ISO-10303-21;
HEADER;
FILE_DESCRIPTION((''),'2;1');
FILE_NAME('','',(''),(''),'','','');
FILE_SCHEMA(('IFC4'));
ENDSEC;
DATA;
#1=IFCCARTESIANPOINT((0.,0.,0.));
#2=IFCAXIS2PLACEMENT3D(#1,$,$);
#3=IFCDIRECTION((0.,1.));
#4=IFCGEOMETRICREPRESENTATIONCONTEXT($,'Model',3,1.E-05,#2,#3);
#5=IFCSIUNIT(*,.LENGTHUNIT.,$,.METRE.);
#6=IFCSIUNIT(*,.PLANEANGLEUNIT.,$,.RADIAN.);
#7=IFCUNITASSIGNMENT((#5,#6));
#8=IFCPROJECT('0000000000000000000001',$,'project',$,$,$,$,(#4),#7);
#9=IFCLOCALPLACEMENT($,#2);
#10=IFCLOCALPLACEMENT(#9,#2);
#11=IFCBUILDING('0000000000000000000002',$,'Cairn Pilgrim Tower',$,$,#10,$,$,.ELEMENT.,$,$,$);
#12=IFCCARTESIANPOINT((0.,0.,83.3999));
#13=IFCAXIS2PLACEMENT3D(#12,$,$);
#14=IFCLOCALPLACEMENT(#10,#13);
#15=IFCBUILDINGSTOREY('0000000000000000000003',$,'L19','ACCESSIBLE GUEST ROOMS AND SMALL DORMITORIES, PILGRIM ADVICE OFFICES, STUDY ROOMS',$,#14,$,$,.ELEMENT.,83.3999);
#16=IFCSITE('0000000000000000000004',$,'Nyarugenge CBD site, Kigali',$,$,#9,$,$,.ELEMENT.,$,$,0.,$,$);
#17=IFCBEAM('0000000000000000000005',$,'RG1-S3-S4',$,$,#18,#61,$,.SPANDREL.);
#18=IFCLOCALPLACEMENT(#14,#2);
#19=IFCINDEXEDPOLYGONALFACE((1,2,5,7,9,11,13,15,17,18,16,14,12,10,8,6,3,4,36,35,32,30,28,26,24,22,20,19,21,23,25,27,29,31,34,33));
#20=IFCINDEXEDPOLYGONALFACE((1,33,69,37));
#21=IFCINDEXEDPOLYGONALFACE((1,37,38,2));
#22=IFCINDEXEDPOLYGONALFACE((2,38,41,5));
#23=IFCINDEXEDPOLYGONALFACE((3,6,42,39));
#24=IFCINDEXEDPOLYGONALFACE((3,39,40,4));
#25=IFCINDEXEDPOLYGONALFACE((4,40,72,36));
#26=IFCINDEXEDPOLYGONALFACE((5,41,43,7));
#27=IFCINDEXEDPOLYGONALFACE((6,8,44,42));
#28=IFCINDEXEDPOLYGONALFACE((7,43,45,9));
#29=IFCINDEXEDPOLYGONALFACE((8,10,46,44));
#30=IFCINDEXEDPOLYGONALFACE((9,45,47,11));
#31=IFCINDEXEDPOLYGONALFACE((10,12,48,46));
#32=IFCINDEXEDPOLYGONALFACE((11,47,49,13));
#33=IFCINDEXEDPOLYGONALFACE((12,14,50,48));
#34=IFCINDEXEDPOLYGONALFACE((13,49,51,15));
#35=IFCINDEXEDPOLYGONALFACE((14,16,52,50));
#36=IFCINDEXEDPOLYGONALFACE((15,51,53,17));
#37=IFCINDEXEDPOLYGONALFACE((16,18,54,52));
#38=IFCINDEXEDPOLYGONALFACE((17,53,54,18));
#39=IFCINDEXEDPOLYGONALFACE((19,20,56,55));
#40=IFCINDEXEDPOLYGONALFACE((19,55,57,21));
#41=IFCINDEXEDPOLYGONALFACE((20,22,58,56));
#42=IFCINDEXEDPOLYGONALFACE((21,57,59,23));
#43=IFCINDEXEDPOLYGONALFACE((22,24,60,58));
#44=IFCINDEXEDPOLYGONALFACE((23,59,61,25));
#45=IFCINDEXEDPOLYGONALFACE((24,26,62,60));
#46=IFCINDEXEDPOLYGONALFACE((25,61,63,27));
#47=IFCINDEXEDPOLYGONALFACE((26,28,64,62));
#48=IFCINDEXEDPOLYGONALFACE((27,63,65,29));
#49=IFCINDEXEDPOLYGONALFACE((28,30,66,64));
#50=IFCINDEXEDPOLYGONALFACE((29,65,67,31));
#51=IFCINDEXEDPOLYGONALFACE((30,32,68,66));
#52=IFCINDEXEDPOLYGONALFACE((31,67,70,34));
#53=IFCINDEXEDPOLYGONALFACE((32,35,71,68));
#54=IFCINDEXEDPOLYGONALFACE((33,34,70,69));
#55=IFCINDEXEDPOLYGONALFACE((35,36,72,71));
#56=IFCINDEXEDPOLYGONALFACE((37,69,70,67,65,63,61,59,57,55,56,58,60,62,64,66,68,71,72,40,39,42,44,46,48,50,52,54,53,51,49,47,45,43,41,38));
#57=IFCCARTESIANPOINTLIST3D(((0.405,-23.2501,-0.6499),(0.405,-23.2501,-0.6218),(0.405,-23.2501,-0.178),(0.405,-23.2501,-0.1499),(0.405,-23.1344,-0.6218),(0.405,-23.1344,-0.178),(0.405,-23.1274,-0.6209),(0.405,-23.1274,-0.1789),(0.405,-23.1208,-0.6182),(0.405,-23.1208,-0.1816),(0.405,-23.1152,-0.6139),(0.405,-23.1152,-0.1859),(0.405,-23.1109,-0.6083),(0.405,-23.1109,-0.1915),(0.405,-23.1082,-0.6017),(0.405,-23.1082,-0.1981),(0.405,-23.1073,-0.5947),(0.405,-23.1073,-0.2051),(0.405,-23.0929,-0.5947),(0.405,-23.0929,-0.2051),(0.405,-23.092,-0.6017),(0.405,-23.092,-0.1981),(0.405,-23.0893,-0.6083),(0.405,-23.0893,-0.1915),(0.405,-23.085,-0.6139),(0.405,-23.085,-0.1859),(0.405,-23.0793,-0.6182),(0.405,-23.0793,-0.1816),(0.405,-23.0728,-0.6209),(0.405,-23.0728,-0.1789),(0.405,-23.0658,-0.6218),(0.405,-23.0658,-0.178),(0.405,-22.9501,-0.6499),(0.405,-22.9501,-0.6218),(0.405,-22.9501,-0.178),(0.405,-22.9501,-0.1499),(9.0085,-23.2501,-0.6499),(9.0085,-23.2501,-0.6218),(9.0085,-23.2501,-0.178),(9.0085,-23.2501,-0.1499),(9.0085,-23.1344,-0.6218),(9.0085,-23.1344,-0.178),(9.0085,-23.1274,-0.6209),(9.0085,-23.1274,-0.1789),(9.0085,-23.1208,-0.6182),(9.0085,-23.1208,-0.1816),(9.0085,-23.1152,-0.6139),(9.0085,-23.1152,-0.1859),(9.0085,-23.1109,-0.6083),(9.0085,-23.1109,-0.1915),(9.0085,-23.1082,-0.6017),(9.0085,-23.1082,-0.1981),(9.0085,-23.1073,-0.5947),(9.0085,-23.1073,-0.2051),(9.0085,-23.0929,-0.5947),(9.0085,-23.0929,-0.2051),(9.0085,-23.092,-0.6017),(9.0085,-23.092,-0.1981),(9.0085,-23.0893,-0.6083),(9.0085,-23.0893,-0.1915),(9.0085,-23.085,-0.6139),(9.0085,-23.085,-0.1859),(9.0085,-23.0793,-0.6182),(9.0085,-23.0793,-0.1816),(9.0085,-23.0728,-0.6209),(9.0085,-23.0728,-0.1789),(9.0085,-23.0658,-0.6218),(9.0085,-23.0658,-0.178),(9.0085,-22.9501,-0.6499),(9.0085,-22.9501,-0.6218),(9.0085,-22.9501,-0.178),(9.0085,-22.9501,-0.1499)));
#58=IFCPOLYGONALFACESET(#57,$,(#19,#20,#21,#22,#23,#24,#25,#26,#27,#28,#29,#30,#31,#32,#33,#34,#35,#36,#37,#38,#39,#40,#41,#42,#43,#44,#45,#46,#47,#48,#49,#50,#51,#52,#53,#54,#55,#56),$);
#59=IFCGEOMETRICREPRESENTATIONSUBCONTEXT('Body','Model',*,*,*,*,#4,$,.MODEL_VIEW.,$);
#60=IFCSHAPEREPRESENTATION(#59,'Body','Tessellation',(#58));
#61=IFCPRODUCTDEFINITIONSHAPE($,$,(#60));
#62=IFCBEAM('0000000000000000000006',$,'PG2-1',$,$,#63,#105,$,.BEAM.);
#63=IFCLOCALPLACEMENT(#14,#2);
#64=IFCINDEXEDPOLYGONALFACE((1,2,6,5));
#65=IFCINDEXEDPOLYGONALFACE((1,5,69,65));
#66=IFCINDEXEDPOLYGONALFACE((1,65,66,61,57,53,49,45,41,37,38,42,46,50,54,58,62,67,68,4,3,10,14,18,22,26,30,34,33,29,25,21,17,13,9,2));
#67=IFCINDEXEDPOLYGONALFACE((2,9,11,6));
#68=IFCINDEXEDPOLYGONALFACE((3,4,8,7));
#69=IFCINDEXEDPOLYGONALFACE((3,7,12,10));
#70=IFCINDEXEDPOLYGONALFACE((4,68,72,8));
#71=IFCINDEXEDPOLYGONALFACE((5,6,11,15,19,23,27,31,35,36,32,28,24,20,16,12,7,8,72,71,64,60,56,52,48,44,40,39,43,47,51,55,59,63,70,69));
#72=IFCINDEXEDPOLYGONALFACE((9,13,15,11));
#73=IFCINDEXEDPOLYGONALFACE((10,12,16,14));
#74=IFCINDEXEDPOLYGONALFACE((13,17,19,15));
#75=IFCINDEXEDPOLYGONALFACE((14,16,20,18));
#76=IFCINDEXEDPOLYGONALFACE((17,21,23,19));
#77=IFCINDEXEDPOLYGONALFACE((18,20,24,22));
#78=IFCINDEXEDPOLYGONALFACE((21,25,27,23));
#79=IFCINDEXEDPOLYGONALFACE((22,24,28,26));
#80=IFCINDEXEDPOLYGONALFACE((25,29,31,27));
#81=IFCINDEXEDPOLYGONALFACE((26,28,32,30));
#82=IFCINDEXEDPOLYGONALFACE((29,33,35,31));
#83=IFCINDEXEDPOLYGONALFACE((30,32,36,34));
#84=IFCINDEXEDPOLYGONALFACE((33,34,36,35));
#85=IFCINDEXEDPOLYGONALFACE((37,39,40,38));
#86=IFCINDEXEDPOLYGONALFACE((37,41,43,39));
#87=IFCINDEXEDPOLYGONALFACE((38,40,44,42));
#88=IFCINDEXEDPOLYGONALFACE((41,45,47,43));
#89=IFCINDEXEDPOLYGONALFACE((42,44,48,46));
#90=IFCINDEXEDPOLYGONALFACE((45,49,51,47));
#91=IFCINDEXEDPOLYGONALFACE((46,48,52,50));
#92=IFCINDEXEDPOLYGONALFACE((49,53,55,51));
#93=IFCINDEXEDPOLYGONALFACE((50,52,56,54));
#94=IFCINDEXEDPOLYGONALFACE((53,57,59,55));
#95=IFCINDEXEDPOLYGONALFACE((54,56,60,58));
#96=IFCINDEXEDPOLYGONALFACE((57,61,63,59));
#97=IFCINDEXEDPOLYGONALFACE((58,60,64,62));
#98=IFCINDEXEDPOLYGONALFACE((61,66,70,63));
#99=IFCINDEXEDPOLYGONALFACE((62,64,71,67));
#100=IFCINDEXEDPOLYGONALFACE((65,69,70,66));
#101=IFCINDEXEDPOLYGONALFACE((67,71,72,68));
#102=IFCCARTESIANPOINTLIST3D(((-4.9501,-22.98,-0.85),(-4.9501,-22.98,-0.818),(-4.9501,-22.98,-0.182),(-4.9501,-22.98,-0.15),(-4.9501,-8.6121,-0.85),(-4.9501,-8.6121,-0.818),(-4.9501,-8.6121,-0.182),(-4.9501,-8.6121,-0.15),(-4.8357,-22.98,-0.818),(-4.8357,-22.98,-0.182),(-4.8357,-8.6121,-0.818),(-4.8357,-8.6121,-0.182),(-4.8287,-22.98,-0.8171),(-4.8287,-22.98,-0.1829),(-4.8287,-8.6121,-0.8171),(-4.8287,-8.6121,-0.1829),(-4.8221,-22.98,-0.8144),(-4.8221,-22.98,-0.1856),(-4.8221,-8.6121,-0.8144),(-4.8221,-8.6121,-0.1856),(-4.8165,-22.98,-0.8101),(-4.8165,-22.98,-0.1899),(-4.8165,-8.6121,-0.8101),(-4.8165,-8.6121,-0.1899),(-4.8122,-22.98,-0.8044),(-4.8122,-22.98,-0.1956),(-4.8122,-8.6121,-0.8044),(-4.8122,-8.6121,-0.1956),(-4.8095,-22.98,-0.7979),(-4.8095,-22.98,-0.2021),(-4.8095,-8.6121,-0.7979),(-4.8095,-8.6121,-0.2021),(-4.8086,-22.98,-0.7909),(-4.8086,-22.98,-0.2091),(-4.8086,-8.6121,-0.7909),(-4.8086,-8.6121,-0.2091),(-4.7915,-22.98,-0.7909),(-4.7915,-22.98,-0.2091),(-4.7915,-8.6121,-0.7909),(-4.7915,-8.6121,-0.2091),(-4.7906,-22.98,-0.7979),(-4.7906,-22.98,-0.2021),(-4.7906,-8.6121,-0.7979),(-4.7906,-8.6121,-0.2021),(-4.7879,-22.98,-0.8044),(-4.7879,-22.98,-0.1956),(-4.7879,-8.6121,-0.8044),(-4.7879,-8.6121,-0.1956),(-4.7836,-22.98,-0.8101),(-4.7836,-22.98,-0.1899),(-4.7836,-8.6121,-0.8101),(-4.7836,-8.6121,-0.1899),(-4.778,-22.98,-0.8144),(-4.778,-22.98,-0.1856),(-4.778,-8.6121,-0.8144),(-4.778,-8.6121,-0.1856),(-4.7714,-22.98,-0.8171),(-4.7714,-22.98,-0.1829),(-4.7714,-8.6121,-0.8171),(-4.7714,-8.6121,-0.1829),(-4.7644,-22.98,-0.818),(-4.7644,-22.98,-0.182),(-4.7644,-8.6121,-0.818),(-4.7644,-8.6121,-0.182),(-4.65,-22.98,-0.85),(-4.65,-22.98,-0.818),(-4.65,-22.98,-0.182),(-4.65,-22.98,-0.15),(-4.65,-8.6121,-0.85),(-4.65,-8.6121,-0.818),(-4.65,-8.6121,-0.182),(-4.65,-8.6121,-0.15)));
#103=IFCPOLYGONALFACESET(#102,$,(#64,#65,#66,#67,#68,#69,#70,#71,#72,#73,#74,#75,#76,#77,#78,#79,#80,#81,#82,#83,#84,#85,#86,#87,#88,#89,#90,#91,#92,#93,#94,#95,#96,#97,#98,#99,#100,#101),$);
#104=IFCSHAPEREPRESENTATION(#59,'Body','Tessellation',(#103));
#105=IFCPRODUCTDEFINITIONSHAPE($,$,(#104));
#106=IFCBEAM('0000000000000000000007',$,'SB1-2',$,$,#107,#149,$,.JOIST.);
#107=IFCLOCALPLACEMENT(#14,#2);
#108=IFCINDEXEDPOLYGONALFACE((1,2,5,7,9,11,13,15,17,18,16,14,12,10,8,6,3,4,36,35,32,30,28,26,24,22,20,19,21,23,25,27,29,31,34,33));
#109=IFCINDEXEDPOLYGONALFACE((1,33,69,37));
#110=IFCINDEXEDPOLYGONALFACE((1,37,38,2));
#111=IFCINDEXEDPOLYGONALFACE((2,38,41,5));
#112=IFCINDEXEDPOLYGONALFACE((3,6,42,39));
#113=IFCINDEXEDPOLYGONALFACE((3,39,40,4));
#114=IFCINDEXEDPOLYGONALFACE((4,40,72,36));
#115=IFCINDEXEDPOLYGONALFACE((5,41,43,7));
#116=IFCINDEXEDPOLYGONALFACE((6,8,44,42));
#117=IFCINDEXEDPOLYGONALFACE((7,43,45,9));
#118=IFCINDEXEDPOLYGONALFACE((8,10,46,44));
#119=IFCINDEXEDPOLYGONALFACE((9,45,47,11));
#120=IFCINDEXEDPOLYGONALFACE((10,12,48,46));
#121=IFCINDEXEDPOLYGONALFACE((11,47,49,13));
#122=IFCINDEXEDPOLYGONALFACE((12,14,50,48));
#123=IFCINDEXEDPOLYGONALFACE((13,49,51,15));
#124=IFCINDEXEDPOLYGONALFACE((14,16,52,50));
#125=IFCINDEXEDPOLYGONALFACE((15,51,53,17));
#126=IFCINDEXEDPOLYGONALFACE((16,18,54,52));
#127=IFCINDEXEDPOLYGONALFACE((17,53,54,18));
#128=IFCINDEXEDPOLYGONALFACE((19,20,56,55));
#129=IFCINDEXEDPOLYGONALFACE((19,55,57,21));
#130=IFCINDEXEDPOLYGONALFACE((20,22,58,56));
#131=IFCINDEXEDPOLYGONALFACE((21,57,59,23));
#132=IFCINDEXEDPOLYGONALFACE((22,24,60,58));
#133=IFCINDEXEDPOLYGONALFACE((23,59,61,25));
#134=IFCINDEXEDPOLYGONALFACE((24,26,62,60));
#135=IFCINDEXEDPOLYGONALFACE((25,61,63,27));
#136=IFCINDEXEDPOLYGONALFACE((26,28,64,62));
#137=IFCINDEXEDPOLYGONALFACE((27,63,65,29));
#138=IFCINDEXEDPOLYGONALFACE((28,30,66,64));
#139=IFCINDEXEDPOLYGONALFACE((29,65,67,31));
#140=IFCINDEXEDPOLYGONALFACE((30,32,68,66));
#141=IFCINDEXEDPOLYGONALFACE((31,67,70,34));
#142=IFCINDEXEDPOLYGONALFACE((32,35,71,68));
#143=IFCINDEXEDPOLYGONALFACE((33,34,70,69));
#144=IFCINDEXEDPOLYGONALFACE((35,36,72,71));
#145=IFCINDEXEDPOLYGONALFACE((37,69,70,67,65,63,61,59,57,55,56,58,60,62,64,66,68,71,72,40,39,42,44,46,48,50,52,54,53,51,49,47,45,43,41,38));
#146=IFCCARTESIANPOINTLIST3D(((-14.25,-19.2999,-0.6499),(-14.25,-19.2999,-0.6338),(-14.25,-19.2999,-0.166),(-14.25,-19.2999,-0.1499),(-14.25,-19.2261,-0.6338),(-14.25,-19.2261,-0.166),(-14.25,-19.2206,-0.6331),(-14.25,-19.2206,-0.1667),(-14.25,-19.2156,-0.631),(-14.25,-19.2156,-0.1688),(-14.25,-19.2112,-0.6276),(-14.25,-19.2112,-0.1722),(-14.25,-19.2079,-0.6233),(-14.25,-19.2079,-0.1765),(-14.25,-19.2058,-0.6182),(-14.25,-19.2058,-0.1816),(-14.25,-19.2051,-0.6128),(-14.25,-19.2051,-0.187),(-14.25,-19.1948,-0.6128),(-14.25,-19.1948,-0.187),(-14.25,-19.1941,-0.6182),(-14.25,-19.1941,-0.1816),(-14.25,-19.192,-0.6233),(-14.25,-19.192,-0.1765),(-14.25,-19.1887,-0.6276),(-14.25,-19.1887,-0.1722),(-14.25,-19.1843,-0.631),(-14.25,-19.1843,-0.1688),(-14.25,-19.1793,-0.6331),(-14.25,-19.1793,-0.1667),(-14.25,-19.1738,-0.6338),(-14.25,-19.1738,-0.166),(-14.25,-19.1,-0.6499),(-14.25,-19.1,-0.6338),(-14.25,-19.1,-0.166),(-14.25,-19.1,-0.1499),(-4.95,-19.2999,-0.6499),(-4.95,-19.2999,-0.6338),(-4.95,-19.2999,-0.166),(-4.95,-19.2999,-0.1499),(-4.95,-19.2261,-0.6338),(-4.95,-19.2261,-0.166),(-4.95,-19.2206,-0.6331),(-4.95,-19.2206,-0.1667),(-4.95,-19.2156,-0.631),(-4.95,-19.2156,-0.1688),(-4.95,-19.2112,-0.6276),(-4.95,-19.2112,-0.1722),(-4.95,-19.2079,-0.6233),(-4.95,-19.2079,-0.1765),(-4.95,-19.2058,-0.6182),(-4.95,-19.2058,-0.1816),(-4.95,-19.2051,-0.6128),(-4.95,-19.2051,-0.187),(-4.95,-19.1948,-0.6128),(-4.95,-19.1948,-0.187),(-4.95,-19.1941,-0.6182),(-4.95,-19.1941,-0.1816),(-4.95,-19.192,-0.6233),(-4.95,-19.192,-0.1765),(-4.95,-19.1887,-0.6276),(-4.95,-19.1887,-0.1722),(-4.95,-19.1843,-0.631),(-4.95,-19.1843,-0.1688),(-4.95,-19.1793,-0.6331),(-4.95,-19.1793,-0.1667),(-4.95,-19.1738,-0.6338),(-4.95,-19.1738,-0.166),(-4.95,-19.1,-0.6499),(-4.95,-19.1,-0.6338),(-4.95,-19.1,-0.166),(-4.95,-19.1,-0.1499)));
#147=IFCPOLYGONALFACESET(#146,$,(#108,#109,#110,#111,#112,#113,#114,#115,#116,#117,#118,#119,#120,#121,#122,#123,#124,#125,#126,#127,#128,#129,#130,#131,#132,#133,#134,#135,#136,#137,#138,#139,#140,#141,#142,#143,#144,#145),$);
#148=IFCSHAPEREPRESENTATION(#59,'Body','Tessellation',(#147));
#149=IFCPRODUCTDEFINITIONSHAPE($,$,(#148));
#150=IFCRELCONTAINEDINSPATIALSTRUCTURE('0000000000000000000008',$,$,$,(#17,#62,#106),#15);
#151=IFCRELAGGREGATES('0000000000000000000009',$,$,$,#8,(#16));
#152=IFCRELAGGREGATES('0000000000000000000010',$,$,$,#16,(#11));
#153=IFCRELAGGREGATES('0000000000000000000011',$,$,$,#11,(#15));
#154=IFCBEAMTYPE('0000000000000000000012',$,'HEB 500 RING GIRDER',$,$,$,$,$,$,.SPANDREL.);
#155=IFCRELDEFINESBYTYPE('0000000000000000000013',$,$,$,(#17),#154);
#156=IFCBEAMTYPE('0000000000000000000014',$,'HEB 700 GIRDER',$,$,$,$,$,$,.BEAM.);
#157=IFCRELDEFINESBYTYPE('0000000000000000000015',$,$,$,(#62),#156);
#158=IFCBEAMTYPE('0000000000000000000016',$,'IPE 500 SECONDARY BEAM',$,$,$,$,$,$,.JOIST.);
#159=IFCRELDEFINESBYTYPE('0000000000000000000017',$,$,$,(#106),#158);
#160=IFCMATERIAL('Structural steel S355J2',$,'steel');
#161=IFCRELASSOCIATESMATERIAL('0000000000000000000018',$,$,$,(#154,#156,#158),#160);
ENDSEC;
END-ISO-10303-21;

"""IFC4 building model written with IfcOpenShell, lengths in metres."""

from ifc_helpers import new_model, si_unit, direction, frame, origin, origin_2d, place, context, subcontext, project, spatial, i_section, extrude, material, material_profile, profile_set, type_object, element, save


model = new_model("IFC4")

# Units and contexts
model_context = context("Model", 3, precision=1e-05, world=origin(), true_north=direction((0.0, 1.0)))
body_context = subcontext(model_context, "Body", "Model", "MODEL_VIEW")
ifc_project = project(units=[si_unit("LENGTHUNIT", "METRE"), si_unit("PLANEANGLEUNIT", "RADIAN")], contexts=[model_context])

# Site, building, storey
site_placement = place(None, origin())
site = spatial("IfcSite", under=ifc_project, at=site_placement, Name="Nyarugenge CBD site, Kigali", CompositionType="ELEMENT", RefElevation=0.0)
building_placement = place(site_placement, origin())
building = spatial("IfcBuilding", under=site, at=building_placement, Name="Cairn Pilgrim Tower", CompositionType="ELEMENT")
storey_placement = place(building_placement, frame((0.0, 0.0, 83.3999)))
storey = spatial("IfcBuildingStorey", under=building, at=storey_placement, Name="L19", Description="ACCESSIBLE GUEST ROOMS AND SMALL DORMITORIES, PILGRIM ADVICE OFFICES, STUDY ROOMS", CompositionType="ELEMENT", Elevation=83.3999)

# Beams
ifc_material_1 = material(Name="Structural steel S355J2", Category="steel")
ifc_material_profile_1 = material_profile(ifc_material_1, i_section(OverallWidth=0.3, OverallDepth=0.5, WebThickness=0.0144, FlangeThickness=0.0281, FilletRadius=0.0271, at=origin_2d()), Name="HEB 500")
ifc_profile_set_1 = profile_set([ifc_material_profile_1], Name="Structural steel S355J2")
beam_type_1 = type_object("IfcBeamType", Name="HEB 500 RING GIRDER", PredefinedType="SPANDREL", material=ifc_profile_set_1)
for number, where, z_axis, x_axis, name in (
    (1, (0.405, -23.1001, -0.3999), (1.0, 0.0, 0.0), (0.0, 1.0, 0.0), "RG1-S3-S4"),
):
    element("IfcBeam", number, at=place(storey_placement, frame(where, z_axis=z_axis, x_axis=x_axis)), inside=storey, type_object=beam_type_1, Name=name, PredefinedType="SPANDREL", context=body_context, shape_type="SweptSolid", body=[
        extrude(i_section(OverallWidth=0.3, OverallDepth=0.5, WebThickness=0.0144, FlangeThickness=0.0281, FilletRadius=0.0271, at=origin_2d()), origin(), (0.0, 0.0, 1.0), 8.6035),
    ])
ifc_material_profile_2 = material_profile(ifc_material_1, i_section(OverallWidth=0.3, OverallDepth=0.7, WebThickness=0.0171, FlangeThickness=0.032, FilletRadius=0.0271, at=origin_2d()), Name="HEB 700")
ifc_profile_set_2 = profile_set([ifc_material_profile_2], Name="Structural steel S355J2")
beam_type_2 = type_object("IfcBeamType", Name="HEB 700 GIRDER", PredefinedType="BEAM", material=ifc_profile_set_2)
beam_1_placement = place(storey_placement, frame((-4.8, -22.98, -0.5), z_axis=(0.0, 1.0, 0.0), x_axis=(-1.0, 0.0, 0.0)))
element("IfcBeam", 2, at=beam_1_placement, inside=storey, type_object=beam_type_2, Name="PG2-1", PredefinedType="BEAM", context=body_context, shape_type="SweptSolid", body=[
    extrude(i_section(OverallWidth=0.3, OverallDepth=0.7, WebThickness=0.0171, FlangeThickness=0.032, FilletRadius=0.0271, at=origin_2d()), origin(), (0.0, 0.0, 1.0), 14.3679),
])
ifc_material_profile_3 = material_profile(ifc_material_1, i_section(OverallWidth=0.2, OverallDepth=0.5, WebThickness=0.0103, FlangeThickness=0.0161, FilletRadius=0.021, at=origin_2d()), Name="IPE 500")
ifc_profile_set_3 = profile_set([ifc_material_profile_3], Name="Structural steel S355J2")
beam_type_3 = type_object("IfcBeamType", Name="IPE 500 SECONDARY BEAM", PredefinedType="JOIST", material=ifc_profile_set_3)
beam_2_placement = place(storey_placement, frame((-14.25, -19.2, -0.3999), z_axis=(1.0, 0.0, 0.0), x_axis=(0.0, 1.0, 0.0)))
element("IfcBeam", 3, at=beam_2_placement, inside=storey, type_object=beam_type_3, Name="SB1-2", PredefinedType="JOIST", context=body_context, shape_type="SweptSolid", body=[
    extrude(i_section(OverallWidth=0.2, OverallDepth=0.5, WebThickness=0.0103, FlangeThickness=0.0161, FilletRadius=0.021, at=origin_2d()), origin(), (0.0, 0.0, 1.0), 9.3),
])

save(model, "model.ifc")
